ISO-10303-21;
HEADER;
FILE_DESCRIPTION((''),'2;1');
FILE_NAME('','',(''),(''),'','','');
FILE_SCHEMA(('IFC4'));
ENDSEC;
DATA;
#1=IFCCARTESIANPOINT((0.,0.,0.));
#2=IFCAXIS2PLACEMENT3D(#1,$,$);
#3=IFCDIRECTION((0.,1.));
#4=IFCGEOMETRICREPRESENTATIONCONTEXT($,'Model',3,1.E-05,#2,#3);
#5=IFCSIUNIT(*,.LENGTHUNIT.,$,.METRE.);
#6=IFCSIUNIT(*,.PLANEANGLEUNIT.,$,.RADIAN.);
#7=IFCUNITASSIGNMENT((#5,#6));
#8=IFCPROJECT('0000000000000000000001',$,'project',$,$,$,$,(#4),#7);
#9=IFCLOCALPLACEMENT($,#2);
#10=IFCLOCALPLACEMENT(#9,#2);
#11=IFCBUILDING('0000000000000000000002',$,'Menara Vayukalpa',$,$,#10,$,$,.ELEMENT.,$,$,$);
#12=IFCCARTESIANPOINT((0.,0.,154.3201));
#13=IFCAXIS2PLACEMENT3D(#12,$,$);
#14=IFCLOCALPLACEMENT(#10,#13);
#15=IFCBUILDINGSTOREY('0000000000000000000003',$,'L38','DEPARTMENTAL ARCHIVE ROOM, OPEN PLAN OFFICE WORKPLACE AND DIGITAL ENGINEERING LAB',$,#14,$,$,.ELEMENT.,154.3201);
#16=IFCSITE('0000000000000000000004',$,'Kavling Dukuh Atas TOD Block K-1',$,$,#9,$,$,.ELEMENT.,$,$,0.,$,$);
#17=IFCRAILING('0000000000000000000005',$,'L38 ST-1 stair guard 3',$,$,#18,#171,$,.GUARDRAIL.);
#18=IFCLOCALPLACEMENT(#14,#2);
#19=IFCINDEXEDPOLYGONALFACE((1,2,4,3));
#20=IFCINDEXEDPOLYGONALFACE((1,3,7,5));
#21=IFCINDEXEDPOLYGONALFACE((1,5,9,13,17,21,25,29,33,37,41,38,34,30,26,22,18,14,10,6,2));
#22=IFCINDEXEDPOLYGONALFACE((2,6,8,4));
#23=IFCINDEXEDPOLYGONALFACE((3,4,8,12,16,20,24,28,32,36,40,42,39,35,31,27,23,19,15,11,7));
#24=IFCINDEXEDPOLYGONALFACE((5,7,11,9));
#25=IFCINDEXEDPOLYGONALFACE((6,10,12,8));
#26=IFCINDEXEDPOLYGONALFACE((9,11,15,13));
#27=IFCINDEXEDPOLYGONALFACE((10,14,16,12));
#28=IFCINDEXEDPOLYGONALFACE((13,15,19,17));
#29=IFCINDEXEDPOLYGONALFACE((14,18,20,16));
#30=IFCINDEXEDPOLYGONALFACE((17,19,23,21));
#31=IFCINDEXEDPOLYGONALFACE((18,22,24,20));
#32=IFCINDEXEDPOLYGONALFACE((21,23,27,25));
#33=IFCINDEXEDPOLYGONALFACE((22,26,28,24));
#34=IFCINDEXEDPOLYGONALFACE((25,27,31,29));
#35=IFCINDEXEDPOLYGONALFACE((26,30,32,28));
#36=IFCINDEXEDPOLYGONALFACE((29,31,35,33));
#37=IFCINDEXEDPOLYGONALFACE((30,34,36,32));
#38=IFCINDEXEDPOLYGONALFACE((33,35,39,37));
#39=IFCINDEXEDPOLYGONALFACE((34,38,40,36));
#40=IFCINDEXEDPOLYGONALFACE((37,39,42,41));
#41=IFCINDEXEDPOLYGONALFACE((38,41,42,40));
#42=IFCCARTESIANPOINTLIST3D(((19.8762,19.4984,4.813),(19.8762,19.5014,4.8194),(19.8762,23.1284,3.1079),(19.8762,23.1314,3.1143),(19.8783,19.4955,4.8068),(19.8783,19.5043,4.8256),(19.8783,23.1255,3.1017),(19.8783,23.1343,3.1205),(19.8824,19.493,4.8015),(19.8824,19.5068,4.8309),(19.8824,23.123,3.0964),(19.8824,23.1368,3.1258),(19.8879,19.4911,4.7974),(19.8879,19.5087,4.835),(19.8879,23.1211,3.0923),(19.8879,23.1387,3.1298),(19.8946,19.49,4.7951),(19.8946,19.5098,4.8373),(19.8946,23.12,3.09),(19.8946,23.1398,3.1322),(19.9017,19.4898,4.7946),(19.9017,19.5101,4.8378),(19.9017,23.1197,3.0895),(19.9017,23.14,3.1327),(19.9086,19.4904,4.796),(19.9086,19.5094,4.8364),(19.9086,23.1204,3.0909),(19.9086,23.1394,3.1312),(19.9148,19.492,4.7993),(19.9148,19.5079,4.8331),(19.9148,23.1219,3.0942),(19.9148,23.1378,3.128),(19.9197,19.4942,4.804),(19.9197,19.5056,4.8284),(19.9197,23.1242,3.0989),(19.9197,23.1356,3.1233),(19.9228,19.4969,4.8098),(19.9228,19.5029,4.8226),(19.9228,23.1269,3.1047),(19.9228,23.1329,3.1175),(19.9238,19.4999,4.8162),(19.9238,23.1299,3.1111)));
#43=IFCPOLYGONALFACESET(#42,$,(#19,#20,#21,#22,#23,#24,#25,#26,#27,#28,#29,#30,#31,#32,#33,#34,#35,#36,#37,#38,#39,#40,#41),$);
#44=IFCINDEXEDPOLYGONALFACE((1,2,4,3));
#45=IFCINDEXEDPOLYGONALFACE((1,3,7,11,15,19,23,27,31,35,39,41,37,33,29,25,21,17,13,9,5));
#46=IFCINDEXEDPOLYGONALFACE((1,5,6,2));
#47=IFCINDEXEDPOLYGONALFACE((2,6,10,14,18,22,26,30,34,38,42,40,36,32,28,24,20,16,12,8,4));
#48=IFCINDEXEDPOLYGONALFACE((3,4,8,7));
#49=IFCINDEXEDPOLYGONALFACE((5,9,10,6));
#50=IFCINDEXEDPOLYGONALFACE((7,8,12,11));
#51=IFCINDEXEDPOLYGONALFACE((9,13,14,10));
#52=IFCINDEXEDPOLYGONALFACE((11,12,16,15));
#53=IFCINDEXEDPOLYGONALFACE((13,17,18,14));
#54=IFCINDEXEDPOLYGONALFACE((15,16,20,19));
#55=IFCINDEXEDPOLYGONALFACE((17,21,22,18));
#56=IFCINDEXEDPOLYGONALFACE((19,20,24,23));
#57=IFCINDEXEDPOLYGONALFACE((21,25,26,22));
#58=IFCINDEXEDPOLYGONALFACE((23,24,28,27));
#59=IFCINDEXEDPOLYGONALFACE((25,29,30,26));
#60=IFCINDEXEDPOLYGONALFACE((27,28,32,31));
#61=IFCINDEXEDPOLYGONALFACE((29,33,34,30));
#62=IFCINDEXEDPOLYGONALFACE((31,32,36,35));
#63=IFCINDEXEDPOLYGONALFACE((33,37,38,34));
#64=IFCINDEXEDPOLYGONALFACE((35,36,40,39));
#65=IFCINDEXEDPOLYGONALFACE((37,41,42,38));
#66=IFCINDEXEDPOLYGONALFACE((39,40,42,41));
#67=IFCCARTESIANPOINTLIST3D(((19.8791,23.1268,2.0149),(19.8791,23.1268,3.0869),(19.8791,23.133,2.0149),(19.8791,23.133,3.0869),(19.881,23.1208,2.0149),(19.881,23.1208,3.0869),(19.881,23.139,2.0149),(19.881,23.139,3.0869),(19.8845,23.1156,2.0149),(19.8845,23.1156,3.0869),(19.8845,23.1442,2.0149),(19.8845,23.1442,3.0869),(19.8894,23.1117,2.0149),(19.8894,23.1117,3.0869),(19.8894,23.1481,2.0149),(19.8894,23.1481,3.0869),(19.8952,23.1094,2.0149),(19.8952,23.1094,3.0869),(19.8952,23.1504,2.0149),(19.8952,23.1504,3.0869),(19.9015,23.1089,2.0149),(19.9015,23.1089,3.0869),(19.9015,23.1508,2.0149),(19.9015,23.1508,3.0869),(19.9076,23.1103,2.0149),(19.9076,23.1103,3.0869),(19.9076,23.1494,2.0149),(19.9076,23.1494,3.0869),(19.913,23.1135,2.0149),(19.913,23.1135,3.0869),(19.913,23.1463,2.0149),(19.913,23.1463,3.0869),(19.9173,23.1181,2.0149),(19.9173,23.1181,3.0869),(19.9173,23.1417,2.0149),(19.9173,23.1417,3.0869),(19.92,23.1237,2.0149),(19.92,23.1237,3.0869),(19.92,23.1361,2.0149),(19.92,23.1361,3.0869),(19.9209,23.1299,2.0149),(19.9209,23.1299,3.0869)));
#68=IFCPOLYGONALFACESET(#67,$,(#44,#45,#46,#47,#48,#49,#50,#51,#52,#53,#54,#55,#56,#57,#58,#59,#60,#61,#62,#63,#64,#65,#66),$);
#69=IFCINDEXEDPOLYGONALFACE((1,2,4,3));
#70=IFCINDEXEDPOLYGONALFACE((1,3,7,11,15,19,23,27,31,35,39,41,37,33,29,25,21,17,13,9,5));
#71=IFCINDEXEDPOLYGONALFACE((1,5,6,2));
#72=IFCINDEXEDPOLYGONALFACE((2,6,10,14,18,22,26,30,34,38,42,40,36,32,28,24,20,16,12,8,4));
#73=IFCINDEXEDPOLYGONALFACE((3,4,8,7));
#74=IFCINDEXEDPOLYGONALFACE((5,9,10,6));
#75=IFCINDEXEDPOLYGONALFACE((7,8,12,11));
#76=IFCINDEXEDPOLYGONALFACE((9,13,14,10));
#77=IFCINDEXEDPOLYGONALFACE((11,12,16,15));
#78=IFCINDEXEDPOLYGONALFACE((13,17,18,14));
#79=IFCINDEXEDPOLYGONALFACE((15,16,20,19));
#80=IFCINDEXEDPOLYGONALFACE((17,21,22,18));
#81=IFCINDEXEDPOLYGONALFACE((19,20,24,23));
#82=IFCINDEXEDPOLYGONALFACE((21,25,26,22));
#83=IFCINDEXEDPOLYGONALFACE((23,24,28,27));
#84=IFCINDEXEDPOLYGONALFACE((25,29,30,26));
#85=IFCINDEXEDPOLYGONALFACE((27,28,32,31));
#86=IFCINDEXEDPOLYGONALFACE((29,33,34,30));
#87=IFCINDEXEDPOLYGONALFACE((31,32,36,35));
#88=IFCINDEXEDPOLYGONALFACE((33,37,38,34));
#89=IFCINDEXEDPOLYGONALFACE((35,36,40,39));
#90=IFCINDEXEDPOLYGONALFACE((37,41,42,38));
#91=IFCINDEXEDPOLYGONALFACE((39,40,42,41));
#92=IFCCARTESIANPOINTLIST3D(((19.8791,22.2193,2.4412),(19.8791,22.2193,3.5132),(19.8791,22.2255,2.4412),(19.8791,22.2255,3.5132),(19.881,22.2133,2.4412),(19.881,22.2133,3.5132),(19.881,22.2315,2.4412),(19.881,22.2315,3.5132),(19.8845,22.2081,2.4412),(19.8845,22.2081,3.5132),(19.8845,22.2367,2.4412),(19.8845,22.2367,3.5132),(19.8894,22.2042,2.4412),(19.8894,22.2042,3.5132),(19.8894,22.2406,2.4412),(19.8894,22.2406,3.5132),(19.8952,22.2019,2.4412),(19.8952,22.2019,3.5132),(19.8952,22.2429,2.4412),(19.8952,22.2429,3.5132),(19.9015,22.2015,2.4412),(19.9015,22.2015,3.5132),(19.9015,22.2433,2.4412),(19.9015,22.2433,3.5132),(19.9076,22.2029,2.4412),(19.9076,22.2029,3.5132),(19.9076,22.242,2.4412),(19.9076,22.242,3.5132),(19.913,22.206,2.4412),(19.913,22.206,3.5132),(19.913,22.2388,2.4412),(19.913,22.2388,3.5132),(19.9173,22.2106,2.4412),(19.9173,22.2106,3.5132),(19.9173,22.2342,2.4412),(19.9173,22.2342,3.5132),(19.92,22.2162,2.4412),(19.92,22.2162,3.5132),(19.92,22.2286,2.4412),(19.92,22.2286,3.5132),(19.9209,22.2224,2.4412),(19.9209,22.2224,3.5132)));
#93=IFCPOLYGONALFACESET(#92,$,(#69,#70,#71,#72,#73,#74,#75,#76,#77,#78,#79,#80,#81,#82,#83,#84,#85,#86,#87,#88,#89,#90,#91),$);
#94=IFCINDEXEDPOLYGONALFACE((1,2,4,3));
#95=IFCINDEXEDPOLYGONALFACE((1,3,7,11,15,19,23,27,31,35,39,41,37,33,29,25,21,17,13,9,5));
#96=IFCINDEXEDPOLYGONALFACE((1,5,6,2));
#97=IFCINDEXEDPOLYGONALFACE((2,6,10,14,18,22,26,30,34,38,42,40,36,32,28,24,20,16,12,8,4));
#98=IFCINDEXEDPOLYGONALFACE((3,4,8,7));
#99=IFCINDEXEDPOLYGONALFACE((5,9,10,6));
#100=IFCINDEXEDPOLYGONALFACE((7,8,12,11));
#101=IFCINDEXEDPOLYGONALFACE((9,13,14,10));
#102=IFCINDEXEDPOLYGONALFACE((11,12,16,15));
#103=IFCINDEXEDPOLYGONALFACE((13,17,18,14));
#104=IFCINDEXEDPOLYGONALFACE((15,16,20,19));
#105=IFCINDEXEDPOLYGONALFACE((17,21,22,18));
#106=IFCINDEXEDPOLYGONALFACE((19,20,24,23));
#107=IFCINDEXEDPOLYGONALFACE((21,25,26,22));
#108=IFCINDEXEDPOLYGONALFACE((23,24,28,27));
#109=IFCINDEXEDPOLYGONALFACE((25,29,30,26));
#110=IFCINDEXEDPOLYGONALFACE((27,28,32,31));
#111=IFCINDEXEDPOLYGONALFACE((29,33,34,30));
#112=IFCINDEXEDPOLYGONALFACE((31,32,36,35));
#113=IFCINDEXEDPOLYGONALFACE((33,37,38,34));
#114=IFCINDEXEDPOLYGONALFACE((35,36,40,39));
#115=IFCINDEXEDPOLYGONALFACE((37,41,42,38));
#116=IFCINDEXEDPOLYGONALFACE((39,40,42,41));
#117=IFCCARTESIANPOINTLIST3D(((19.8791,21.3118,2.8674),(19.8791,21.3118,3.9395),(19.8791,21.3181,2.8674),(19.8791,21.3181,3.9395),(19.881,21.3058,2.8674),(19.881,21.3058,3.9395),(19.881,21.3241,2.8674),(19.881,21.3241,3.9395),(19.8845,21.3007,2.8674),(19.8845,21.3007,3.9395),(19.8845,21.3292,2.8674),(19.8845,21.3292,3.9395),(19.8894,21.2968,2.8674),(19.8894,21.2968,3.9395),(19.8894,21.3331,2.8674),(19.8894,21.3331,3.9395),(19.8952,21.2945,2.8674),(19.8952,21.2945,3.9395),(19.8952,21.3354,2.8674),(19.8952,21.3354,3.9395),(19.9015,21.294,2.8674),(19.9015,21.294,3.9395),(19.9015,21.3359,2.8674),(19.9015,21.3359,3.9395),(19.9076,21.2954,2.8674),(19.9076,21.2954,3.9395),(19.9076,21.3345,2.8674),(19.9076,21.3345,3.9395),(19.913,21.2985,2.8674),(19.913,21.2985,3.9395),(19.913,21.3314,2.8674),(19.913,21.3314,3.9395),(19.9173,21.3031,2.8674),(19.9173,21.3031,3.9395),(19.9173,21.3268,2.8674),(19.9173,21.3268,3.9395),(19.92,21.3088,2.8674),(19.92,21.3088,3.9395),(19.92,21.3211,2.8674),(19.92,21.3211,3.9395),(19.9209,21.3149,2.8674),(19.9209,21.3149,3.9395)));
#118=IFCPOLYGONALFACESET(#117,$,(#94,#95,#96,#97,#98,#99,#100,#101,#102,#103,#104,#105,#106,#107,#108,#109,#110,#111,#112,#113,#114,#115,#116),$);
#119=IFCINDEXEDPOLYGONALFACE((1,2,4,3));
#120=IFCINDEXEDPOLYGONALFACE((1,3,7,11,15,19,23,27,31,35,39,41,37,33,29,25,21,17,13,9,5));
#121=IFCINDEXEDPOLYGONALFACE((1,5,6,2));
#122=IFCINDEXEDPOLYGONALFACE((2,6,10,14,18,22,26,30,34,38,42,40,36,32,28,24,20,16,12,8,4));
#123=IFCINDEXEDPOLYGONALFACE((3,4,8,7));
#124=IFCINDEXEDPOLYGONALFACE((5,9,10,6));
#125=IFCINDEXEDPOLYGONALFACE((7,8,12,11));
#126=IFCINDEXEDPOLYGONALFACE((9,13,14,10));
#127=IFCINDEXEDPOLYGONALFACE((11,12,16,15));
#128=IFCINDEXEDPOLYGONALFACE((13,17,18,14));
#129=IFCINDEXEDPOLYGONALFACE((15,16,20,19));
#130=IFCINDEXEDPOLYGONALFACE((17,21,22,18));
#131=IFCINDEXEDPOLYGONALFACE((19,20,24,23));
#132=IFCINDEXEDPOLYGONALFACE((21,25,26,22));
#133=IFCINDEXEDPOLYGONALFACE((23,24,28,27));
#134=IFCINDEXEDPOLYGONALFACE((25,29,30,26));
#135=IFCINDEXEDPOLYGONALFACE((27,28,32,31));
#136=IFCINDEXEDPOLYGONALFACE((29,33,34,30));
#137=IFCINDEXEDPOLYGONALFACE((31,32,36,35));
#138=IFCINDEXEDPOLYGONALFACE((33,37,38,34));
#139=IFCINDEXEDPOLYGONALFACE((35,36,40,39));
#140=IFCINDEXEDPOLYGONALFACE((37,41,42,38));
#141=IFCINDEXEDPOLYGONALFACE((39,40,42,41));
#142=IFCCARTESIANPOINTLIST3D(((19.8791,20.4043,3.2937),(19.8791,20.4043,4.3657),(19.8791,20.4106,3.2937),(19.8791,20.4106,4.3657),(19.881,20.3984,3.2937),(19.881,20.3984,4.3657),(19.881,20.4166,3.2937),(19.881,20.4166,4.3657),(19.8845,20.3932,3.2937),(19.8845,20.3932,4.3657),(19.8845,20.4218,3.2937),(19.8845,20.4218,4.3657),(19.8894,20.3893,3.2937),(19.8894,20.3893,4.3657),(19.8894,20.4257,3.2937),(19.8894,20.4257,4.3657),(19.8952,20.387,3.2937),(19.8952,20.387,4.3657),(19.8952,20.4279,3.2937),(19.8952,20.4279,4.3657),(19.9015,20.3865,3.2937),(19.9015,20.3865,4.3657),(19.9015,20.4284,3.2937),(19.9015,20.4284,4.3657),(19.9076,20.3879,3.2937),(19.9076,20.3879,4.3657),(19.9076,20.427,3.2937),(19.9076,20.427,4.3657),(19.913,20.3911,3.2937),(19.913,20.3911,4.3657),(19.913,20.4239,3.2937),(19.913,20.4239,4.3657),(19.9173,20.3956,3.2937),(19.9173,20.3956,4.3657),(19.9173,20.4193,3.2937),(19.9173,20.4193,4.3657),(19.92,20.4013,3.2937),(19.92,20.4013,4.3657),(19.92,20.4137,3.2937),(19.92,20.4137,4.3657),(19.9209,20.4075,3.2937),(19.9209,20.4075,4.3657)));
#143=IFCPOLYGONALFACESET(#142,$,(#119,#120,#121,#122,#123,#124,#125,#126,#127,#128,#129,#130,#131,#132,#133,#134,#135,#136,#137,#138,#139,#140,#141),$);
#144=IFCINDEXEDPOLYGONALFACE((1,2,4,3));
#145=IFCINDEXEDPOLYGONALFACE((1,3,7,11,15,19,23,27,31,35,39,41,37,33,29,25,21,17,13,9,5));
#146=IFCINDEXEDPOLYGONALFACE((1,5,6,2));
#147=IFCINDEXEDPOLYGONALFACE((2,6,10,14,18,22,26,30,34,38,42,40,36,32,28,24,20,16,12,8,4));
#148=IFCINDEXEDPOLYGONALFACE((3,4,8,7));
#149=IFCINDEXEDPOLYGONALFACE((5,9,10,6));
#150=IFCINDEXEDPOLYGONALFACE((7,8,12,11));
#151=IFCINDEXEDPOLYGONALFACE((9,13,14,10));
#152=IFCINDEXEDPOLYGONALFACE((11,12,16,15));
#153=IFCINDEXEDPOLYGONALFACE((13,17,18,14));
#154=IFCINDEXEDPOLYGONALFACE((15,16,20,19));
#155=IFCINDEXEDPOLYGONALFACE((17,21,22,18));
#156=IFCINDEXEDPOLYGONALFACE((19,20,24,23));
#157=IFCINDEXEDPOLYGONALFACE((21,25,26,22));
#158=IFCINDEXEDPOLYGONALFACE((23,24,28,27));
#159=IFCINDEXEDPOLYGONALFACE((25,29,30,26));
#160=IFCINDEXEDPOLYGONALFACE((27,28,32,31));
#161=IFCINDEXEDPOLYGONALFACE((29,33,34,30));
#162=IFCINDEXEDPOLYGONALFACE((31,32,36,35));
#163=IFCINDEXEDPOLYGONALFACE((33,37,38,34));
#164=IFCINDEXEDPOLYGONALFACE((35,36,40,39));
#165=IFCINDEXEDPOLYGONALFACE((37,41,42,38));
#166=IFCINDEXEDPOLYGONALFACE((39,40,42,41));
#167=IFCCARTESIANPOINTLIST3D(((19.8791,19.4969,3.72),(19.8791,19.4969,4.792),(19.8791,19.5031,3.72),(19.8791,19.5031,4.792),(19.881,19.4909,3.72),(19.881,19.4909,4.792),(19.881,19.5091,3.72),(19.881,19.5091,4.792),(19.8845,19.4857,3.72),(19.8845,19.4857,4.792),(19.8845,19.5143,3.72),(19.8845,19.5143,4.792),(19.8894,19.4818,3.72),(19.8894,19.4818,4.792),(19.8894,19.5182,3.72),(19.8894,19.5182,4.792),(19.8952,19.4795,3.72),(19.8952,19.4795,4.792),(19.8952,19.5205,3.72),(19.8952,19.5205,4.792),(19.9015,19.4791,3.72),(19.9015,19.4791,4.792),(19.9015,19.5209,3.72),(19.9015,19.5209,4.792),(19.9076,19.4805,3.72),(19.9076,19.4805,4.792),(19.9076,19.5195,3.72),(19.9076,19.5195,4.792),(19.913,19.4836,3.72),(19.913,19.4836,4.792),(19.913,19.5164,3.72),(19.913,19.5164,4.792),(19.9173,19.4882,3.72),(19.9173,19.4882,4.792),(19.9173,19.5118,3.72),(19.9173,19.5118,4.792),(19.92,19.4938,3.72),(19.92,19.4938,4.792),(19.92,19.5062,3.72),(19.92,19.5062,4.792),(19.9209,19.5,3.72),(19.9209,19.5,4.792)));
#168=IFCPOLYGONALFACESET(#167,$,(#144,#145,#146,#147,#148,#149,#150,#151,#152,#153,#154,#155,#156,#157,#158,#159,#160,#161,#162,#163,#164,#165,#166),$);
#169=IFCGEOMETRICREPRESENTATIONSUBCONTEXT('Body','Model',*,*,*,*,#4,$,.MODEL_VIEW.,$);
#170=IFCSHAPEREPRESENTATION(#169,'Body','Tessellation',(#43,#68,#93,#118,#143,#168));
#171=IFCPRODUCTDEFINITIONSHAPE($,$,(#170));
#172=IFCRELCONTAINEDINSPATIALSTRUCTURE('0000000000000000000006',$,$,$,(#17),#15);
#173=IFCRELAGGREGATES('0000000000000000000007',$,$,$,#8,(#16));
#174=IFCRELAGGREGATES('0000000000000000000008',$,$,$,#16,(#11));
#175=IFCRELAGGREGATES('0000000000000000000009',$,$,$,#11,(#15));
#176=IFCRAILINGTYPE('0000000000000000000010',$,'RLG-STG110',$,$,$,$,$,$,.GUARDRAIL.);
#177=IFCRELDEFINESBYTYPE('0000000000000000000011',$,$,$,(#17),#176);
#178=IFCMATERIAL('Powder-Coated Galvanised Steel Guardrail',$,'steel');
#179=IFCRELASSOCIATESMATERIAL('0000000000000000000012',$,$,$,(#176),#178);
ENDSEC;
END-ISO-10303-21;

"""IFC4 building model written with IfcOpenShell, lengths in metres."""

from ifc_helpers import new_model, si_unit, direction, frame, origin, origin_2d, place, context, subcontext, project, spatial, circle, extrude, material, type_object, element, save


model = new_model("IFC4")

# Units and contexts
model_context = context("Model", 3, precision=1e-05, world=origin(), true_north=direction((0.0, 1.0)))
body_context = subcontext(model_context, "Body", "Model", "MODEL_VIEW")
ifc_project = project(units=[si_unit("LENGTHUNIT", "METRE"), si_unit("PLANEANGLEUNIT", "RADIAN")], contexts=[model_context])

# Site, building, storey
site_placement = place(None, origin())
site = spatial("IfcSite", under=ifc_project, at=site_placement, Name="Kavling Dukuh Atas TOD Block K-1", CompositionType="ELEMENT", RefElevation=0.0)
building_placement = place(site_placement, origin())
building = spatial("IfcBuilding", under=site, at=building_placement, Name="Menara Vayukalpa", CompositionType="ELEMENT")
storey_placement = place(building_placement, frame((0.0, 0.0, 154.3201)))
storey = spatial("IfcBuildingStorey", under=building, at=storey_placement, Name="L38", Description="DEPARTMENTAL ARCHIVE ROOM, OPEN PLAN OFFICE WORKPLACE AND DIGITAL ENGINEERING LAB", CompositionType="ELEMENT", Elevation=154.3201)

# Railing
ifc_material_1 = material(Name="Powder-Coated Galvanised Steel Guardrail", Category="steel")
railing_type_1 = type_object("IfcRailingType", Name="RLG-STG110", PredefinedType="GUARDRAIL", material=ifc_material_1)
railing_1_placement = place(storey_placement, frame((19.8999, 23.1299, 2.0149)))
element("IfcRailing", 1, at=railing_1_placement, inside=storey, type_object=railing_type_1, Name="L38 ST-1 stair guard 3", PredefinedType="GUARDRAIL", context=body_context, shape_type="SweptSolid", body=[
    extrude(circle(Radius=0.0239, at=origin_2d()), frame((0.0, 0.0, 1.0962), z_axis=(0.0, -0.905116, 0.425164), x_axis=(1.0, 0.0, 0.0)), (0.0, 0.0, 1.0), 4.0105),
    extrude(circle(Radius=0.021, at=origin_2d()), origin(), (0.0, 0.0, 1.0), 1.072),
    extrude(circle(Radius=0.021, at=origin_2d()), frame((0.0, -0.9075, 0.4263)), (0.0, 0.0, 1.0), 1.072),
    extrude(circle(Radius=0.021, at=origin_2d()), frame((0.0, -1.8149, 0.8525)), (0.0, 0.0, 1.0), 1.072),
    extrude(circle(Radius=0.021, at=origin_2d()), frame((0.0, -2.7224, 1.2788)), (0.0, 0.0, 1.0), 1.072),
    extrude(circle(Radius=0.021, at=origin_2d()), frame((0.0, -3.6299, 1.7051)), (0.0, 0.0, 1.0), 1.072),
])

save(model, "model.ifc")
